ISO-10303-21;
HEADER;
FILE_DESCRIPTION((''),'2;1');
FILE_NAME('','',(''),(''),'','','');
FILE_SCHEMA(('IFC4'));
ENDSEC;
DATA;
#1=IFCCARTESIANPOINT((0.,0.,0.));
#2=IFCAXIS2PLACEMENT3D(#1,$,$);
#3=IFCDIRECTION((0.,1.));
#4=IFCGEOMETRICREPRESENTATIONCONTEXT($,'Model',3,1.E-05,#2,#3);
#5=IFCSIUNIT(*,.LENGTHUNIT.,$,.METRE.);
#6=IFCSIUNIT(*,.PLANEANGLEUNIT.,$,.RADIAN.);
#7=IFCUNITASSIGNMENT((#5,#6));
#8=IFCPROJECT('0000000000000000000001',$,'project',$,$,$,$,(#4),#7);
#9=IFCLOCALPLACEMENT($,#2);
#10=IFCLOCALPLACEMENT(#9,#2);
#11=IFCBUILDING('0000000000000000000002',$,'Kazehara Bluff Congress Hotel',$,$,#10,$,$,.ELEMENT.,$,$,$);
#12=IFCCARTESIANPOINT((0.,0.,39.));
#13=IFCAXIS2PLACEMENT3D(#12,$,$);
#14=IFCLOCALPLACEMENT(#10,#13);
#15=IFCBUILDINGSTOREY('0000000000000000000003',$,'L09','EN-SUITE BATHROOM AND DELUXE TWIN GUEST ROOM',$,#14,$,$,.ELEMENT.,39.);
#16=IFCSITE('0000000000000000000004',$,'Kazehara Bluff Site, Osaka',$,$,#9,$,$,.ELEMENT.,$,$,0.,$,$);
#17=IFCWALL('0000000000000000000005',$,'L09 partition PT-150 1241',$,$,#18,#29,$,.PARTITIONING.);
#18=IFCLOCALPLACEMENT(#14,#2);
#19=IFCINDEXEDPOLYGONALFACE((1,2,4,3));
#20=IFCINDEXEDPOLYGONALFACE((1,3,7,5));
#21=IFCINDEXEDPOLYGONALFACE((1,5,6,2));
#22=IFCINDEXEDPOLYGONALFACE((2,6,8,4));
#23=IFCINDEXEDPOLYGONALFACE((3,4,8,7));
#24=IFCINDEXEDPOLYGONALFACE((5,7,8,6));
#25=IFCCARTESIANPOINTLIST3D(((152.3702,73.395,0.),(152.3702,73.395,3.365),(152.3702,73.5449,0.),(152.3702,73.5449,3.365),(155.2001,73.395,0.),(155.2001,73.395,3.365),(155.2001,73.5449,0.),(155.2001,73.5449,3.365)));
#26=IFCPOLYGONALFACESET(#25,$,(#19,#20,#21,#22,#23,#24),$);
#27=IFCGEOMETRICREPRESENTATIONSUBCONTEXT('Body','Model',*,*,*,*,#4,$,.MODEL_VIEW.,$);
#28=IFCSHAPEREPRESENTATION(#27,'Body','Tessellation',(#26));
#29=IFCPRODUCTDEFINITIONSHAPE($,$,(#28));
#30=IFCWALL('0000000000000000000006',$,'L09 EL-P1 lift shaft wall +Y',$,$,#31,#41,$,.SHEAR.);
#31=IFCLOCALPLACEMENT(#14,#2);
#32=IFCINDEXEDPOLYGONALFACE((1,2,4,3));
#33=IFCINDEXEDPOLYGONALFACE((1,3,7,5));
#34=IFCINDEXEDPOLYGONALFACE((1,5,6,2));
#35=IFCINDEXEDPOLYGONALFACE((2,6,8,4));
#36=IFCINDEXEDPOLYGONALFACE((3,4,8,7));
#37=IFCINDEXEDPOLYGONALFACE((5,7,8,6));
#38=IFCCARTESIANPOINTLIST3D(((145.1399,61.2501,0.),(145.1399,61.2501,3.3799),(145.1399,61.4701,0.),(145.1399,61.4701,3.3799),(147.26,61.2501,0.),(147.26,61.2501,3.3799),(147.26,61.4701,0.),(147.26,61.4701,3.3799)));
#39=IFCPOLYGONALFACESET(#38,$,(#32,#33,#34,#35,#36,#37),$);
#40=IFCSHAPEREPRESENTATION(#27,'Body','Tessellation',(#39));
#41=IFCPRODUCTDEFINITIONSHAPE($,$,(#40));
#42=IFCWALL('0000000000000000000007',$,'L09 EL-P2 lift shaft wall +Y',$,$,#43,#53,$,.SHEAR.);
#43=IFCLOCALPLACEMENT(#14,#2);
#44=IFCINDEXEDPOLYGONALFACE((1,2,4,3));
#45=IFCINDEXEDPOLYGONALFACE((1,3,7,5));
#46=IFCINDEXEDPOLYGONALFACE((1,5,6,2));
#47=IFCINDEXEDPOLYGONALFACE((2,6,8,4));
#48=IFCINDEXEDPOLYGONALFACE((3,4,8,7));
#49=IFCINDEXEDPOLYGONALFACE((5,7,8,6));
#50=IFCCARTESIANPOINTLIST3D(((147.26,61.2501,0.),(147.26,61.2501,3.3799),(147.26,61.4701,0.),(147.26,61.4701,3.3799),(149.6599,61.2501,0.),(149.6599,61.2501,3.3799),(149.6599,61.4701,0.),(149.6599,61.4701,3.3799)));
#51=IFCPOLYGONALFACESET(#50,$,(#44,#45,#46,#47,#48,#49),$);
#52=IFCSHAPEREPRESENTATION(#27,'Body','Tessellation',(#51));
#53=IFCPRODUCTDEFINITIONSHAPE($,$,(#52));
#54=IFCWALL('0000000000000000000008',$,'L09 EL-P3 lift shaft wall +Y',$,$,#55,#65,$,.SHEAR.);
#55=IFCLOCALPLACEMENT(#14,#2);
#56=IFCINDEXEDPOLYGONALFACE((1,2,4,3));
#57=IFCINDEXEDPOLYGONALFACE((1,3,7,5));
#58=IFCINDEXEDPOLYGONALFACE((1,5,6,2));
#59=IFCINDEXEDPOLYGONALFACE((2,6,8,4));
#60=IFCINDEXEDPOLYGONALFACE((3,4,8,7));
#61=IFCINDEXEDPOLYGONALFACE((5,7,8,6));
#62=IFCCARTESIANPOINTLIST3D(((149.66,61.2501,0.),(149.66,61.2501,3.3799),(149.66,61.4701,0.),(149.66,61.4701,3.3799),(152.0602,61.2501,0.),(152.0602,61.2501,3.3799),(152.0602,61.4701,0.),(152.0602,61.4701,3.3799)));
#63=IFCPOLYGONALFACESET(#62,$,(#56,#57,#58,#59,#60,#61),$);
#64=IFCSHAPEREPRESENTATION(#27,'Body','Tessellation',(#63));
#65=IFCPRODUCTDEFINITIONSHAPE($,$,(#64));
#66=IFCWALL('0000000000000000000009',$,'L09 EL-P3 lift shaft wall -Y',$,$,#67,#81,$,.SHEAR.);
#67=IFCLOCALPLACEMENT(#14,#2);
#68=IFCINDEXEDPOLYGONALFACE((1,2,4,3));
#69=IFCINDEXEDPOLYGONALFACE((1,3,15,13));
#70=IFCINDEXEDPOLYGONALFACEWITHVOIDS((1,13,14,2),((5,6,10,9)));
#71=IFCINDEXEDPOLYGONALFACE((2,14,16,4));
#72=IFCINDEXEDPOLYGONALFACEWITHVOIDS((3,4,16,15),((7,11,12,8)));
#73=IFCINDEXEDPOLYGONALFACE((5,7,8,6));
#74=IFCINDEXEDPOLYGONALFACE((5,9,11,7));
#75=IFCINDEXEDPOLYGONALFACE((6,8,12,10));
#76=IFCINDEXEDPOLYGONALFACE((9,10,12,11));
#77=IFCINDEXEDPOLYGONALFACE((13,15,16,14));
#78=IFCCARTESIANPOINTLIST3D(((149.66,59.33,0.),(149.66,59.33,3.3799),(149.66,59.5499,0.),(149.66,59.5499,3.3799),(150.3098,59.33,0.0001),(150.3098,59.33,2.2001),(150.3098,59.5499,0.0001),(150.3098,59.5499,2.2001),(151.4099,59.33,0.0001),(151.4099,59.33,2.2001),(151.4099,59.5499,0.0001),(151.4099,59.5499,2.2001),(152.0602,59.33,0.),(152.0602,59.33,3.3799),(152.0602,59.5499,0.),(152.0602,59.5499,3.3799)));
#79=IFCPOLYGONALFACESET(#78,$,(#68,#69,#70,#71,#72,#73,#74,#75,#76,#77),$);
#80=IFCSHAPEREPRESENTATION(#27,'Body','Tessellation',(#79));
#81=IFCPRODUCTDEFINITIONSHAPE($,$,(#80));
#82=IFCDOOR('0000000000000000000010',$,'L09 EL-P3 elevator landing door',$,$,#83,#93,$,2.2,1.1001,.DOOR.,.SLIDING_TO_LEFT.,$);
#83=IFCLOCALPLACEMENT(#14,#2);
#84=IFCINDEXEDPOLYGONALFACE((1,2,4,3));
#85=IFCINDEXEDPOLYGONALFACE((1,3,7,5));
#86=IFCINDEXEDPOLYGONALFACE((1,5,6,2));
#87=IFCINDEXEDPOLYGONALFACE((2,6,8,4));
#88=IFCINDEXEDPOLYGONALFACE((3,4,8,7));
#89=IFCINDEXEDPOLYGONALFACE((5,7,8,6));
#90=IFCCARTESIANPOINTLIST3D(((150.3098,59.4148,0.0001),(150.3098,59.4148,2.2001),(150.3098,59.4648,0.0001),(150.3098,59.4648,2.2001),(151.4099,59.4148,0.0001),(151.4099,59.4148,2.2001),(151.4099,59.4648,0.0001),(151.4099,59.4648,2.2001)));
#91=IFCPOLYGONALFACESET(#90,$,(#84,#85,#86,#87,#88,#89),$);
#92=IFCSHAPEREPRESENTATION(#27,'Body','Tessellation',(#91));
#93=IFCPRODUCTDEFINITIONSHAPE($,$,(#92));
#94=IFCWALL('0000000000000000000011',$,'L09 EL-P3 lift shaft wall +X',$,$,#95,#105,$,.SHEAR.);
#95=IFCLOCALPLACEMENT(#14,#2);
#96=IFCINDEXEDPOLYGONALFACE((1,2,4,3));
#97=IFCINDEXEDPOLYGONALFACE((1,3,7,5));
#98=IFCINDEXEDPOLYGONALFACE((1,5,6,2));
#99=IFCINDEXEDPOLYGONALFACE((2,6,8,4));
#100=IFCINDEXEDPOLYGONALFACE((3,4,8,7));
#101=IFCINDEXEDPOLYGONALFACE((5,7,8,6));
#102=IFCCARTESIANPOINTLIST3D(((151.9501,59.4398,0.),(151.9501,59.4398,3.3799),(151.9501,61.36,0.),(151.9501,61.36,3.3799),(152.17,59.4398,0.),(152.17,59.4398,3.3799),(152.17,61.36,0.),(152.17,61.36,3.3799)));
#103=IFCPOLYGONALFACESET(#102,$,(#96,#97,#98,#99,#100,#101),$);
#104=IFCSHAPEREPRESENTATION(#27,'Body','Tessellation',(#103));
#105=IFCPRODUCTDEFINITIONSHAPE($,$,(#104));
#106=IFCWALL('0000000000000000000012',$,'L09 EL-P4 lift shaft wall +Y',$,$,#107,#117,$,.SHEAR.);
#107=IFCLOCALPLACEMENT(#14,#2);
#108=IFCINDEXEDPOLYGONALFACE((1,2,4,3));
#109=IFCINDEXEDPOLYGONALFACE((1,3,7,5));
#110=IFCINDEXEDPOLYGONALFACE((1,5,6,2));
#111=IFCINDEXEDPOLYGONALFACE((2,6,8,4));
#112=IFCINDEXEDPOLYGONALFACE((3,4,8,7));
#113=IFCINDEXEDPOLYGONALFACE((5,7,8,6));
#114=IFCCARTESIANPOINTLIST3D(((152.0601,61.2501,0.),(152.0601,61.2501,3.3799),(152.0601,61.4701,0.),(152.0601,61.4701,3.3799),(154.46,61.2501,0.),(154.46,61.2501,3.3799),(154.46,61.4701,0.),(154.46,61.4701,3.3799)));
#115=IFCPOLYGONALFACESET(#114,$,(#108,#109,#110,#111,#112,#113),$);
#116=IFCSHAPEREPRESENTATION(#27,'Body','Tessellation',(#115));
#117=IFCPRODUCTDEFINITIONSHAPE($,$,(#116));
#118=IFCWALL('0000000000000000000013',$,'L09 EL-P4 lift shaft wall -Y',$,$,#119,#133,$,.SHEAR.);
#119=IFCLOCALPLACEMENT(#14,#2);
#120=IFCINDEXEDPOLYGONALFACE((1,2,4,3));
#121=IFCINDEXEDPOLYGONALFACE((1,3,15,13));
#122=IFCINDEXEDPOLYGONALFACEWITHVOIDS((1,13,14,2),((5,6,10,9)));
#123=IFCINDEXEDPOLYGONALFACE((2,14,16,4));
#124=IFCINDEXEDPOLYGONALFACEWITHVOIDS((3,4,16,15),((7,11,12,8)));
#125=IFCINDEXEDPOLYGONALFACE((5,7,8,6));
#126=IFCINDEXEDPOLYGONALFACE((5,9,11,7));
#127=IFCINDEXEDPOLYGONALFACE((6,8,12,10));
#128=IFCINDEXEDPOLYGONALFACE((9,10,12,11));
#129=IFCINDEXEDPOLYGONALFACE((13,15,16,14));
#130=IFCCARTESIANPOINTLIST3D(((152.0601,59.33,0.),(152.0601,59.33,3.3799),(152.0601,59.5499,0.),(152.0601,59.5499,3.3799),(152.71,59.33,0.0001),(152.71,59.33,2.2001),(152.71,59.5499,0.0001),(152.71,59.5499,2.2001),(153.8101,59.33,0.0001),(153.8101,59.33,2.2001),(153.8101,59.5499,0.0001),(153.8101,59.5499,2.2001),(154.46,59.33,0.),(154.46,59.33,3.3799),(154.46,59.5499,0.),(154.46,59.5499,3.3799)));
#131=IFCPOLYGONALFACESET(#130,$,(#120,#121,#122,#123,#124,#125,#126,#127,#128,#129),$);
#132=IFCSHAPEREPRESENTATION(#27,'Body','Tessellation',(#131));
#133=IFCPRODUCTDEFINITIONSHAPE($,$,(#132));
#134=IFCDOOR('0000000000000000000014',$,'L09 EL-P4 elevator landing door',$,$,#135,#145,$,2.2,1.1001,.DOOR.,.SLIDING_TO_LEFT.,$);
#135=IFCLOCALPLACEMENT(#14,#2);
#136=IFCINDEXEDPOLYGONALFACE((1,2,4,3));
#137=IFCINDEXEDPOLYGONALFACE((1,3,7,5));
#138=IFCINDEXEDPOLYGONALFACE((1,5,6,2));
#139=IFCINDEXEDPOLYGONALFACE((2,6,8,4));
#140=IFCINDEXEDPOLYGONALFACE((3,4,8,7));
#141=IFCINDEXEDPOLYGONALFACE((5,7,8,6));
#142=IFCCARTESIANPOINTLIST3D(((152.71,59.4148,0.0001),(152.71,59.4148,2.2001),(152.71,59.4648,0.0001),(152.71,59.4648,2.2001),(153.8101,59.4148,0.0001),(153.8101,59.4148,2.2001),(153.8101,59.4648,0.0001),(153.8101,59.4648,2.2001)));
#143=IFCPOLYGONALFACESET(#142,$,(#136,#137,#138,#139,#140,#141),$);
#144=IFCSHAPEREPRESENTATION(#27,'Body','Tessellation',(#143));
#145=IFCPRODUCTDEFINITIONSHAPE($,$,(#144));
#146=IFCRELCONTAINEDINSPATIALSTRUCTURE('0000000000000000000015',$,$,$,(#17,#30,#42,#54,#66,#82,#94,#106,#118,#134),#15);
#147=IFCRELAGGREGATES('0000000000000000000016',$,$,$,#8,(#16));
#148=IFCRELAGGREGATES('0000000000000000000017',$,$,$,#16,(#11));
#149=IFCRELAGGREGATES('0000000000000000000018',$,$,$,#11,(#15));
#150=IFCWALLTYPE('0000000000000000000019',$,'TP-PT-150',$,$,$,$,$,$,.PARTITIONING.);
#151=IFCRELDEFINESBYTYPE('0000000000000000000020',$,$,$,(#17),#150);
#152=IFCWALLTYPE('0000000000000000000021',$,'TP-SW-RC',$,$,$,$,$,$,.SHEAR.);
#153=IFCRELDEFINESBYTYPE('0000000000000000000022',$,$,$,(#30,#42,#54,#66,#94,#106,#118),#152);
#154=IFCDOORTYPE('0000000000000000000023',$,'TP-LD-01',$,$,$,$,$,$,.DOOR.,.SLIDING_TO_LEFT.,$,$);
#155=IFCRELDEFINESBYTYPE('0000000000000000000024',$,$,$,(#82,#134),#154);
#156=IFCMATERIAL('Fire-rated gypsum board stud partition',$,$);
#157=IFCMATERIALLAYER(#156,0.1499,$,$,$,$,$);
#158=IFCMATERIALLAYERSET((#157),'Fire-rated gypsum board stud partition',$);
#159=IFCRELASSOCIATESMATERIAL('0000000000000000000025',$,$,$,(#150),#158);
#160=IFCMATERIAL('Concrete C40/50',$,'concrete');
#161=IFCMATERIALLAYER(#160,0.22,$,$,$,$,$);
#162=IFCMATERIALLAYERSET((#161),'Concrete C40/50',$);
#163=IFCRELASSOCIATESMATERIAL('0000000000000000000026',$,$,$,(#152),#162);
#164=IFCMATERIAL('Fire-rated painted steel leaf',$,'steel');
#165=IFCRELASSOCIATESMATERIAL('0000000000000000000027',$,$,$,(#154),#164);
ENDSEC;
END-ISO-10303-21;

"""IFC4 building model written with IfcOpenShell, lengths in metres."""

from ifc_helpers import new_model, si_unit, direction, frame, frame_2d, origin, place, context, subcontext, project, spatial, rectangle, extrude, material, layer, layer_set, type_object, element, fill, save


model = new_model("IFC4")

# Units and contexts
model_context = context("Model", 3, precision=1e-05, world=origin(), true_north=direction((0.0, 1.0)))
body_context = subcontext(model_context, "Body", "Model", "MODEL_VIEW")
ifc_project = project(units=[si_unit("LENGTHUNIT", "METRE"), si_unit("PLANEANGLEUNIT", "RADIAN")], contexts=[model_context])

# Site, building, storey
site_placement = place(None, origin())
site = spatial("IfcSite", under=ifc_project, at=site_placement, Name="Kazehara Bluff Site, Osaka", CompositionType="ELEMENT", RefElevation=0.0)
building_placement = place(site_placement, origin())
building = spatial("IfcBuilding", under=site, at=building_placement, Name="Kazehara Bluff Congress Hotel", CompositionType="ELEMENT")
storey_placement = place(building_placement, frame((0.0, 0.0, 39.0)))
storey = spatial("IfcBuildingStorey", under=building, at=storey_placement, Name="L09", Description="EN-SUITE BATHROOM AND DELUXE TWIN GUEST ROOM", CompositionType="ELEMENT", Elevation=39.0)

# Shared definitions
ifc_material_1 = material(Name="Fire-rated gypsum board stud partition")
ifc_layer_1 = layer(ifc_material_1, 0.1499)
ifc_layer_set_1 = layer_set([ifc_layer_1], Name="Fire-rated gypsum board stud partition")
wall_type_1 = type_object("IfcWallType", Name="TP-PT-150", PredefinedType="PARTITIONING", material=ifc_layer_set_1)

# Wall
wall_1_placement = place(storey_placement, frame((152.3701, 73.47, 0.0), z_axis=(0.0, 0.0, 1.0), x_axis=(1.0, 0.0, 0.0)))
element("IfcWall", 1, at=wall_1_placement, inside=storey, type_object=wall_type_1, Name="L09 partition PT-150 1241", PredefinedType="PARTITIONING", context=body_context, shape_type="SweptSolid", body=[
    extrude(rectangle(XDim=2.8298, YDim=0.1499, at=frame_2d((1.415, 0.0))), origin(), (0.0, 0.0, 1.0), 3.365),
])

# Walls
ifc_material_2 = material(Name="Concrete C40/50", Category="concrete")
ifc_layer_2 = layer(ifc_material_2, 0.22)
ifc_layer_set_2 = layer_set([ifc_layer_2], Name="Concrete C40/50")
wall_type_2 = type_object("IfcWallType", Name="TP-SW-RC", PredefinedType="SHEAR", material=ifc_layer_set_2)
wall_2_placement = place(storey_placement, frame((145.1399, 61.3601, 0.0), z_axis=(0.0, 0.0, 1.0), x_axis=(1.0, 0.0, 0.0)))
element("IfcWall", 2, at=wall_2_placement, inside=storey, type_object=wall_type_2, Name="L09 EL-P1 lift shaft wall +Y", PredefinedType="SHEAR", context=body_context, shape_type="SweptSolid", body=[
    extrude(rectangle(XDim=2.1201, YDim=0.22, at=frame_2d((1.0601, 0.0))), origin(), (0.0, 0.0, 1.0), 3.3799),
])
wall_3_placement = place(storey_placement, frame((147.26, 61.3601, 0.0), z_axis=(0.0, 0.0, 1.0), x_axis=(1.0, 0.0, 0.0)))
element("IfcWall", 3, at=wall_3_placement, inside=storey, type_object=wall_type_2, Name="L09 EL-P2 lift shaft wall +Y", PredefinedType="SHEAR", context=body_context, shape_type="SweptSolid", body=[
    extrude(rectangle(XDim=2.3999, YDim=0.22, at=frame_2d((1.2, 0.0))), origin(), (0.0, 0.0, 1.0), 3.3799),
])
wall_4_placement = place(storey_placement, frame((149.6599, 61.3601, 0.0), z_axis=(0.0, 0.0, 1.0), x_axis=(1.0, 0.0, 0.0)))
element("IfcWall", 4, at=wall_4_placement, inside=storey, type_object=wall_type_2, Name="L09 EL-P3 lift shaft wall +Y", PredefinedType="SHEAR", context=body_context, shape_type="SweptSolid", body=[
    extrude(rectangle(XDim=2.4001, YDim=0.22, at=frame_2d((1.2002, 0.0))), origin(), (0.0, 0.0, 1.0), 3.3799),
])

# Wall, opening, door
wall_5_placement = place(storey_placement, frame((149.6599, 59.4399, 0.0), z_axis=(0.0, 0.0, 1.0), x_axis=(1.0, 0.0, 0.0)))
wall_5 = element("IfcWall", 5, at=wall_5_placement, inside=storey, type_object=wall_type_2, Name="L09 EL-P3 lift shaft wall -Y", PredefinedType="SHEAR", context=body_context, shape_type="SweptSolid", body=[
    extrude(rectangle(XDim=2.4001, YDim=0.22, at=frame_2d((1.2002, 0.0))), origin(), (0.0, 0.0, 1.0), 3.3799),
])
opening_1_placement = place(wall_5_placement, frame((0.6499, 0.0, 0.0)))
opening_1 = element("IfcOpeningElement", 6, at=opening_1_placement, cuts=wall_5, PredefinedType="OPENING", context=body_context, shape_type="SweptSolid", body=[
    extrude(rectangle(XDim=1.1001, YDim=2.2, at=frame_2d((0.55, 1.1001))), frame((0.0, 0.1199, 0.0), z_axis=(0.0, -1.0, 0.0), x_axis=(1.0, 0.0, 0.0)), (0.0, 0.0, 1.0), 0.24),
])
ifc_material_3 = material(Name="Fire-rated painted steel leaf", Category="steel")
door_type_1 = type_object("IfcDoorType", Name="TP-LD-01", OperationType="SLIDING_TO_LEFT", PredefinedType="DOOR", material=ifc_material_3)
door_1_placement = place(opening_1_placement, origin())
door_1 = element("IfcDoor", 7, at=door_1_placement, inside=storey, type_object=door_type_1, Name="L09 EL-P3 elevator landing door", OperationType="SLIDING_TO_LEFT", OverallHeight=2.2, OverallWidth=1.1001, PredefinedType="DOOR", context=body_context, shape_type="SweptSolid", body=[
    extrude(rectangle(XDim=1.1001, YDim=2.2, at=frame_2d((0.55, 1.1001))), frame((0.0, 0.0249, 0.0), z_axis=(0.0, -1.0, 0.0), x_axis=(1.0, 0.0, 0.0)), (0.0, 0.0, 1.0), 0.05),
])
fill(opening_1, door_1)

# Walls
wall_6_placement = place(storey_placement, frame((152.0601, 59.4399, 0.0), z_axis=(0.0, 0.0, 1.0), x_axis=(0.0, 1.0, 0.0)))
element("IfcWall", 8, at=wall_6_placement, inside=storey, type_object=wall_type_2, Name="L09 EL-P3 lift shaft wall +X", PredefinedType="SHEAR", context=body_context, shape_type="SweptSolid", body=[
    extrude(rectangle(XDim=1.9202, YDim=0.22, at=frame_2d((0.96, 0.0))), origin(), (0.0, 0.0, 1.0), 3.3799),
])
wall_7_placement = place(storey_placement, frame((152.0601, 61.3601, 0.0), z_axis=(0.0, 0.0, 1.0), x_axis=(1.0, 0.0, 0.0)))
element("IfcWall", 9, at=wall_7_placement, inside=storey, type_object=wall_type_2, Name="L09 EL-P4 lift shaft wall +Y", PredefinedType="SHEAR", context=body_context, shape_type="SweptSolid", body=[
    extrude(rectangle(XDim=2.3999, YDim=0.22, at=frame_2d((1.2, 0.0))), origin(), (0.0, 0.0, 1.0), 3.3799),
])

# Wall, opening, door
wall_8_placement = place(storey_placement, frame((152.0601, 59.4399, 0.0), z_axis=(0.0, 0.0, 1.0), x_axis=(1.0, 0.0, 0.0)))
wall_8 = element("IfcWall", 10, at=wall_8_placement, inside=storey, type_object=wall_type_2, Name="L09 EL-P4 lift shaft wall -Y", PredefinedType="SHEAR", context=body_context, shape_type="SweptSolid", body=[
    extrude(rectangle(XDim=2.3999, YDim=0.22, at=frame_2d((1.2, 0.0))), origin(), (0.0, 0.0, 1.0), 3.3799),
])
opening_2_placement = place(wall_8_placement, frame((0.6499, 0.0, 0.0)))
opening_2 = element("IfcOpeningElement", 11, at=opening_2_placement, cuts=wall_8, PredefinedType="OPENING", context=body_context, shape_type="SweptSolid", body=[
    extrude(rectangle(XDim=1.1001, YDim=2.2, at=frame_2d((0.55, 1.1001))), frame((0.0, 0.1199, 0.0), z_axis=(0.0, -1.0, 0.0), x_axis=(1.0, 0.0, 0.0)), (0.0, 0.0, 1.0), 0.24),
])
door_2_placement = place(opening_2_placement, origin())
door_2 = element("IfcDoor", 12, at=door_2_placement, inside=storey, type_object=door_type_1, Name="L09 EL-P4 elevator landing door", OperationType="SLIDING_TO_LEFT", OverallHeight=2.2, OverallWidth=1.1001, PredefinedType="DOOR", context=body_context, shape_type="SweptSolid", body=[
    extrude(rectangle(XDim=1.1001, YDim=2.2, at=frame_2d((0.55, 1.1001))), frame((0.0, 0.0249, 0.0), z_axis=(0.0, -1.0, 0.0), x_axis=(1.0, 0.0, 0.0)), (0.0, 0.0, 1.0), 0.05),
])
fill(opening_2, door_2)

save(model, "model.ifc")
